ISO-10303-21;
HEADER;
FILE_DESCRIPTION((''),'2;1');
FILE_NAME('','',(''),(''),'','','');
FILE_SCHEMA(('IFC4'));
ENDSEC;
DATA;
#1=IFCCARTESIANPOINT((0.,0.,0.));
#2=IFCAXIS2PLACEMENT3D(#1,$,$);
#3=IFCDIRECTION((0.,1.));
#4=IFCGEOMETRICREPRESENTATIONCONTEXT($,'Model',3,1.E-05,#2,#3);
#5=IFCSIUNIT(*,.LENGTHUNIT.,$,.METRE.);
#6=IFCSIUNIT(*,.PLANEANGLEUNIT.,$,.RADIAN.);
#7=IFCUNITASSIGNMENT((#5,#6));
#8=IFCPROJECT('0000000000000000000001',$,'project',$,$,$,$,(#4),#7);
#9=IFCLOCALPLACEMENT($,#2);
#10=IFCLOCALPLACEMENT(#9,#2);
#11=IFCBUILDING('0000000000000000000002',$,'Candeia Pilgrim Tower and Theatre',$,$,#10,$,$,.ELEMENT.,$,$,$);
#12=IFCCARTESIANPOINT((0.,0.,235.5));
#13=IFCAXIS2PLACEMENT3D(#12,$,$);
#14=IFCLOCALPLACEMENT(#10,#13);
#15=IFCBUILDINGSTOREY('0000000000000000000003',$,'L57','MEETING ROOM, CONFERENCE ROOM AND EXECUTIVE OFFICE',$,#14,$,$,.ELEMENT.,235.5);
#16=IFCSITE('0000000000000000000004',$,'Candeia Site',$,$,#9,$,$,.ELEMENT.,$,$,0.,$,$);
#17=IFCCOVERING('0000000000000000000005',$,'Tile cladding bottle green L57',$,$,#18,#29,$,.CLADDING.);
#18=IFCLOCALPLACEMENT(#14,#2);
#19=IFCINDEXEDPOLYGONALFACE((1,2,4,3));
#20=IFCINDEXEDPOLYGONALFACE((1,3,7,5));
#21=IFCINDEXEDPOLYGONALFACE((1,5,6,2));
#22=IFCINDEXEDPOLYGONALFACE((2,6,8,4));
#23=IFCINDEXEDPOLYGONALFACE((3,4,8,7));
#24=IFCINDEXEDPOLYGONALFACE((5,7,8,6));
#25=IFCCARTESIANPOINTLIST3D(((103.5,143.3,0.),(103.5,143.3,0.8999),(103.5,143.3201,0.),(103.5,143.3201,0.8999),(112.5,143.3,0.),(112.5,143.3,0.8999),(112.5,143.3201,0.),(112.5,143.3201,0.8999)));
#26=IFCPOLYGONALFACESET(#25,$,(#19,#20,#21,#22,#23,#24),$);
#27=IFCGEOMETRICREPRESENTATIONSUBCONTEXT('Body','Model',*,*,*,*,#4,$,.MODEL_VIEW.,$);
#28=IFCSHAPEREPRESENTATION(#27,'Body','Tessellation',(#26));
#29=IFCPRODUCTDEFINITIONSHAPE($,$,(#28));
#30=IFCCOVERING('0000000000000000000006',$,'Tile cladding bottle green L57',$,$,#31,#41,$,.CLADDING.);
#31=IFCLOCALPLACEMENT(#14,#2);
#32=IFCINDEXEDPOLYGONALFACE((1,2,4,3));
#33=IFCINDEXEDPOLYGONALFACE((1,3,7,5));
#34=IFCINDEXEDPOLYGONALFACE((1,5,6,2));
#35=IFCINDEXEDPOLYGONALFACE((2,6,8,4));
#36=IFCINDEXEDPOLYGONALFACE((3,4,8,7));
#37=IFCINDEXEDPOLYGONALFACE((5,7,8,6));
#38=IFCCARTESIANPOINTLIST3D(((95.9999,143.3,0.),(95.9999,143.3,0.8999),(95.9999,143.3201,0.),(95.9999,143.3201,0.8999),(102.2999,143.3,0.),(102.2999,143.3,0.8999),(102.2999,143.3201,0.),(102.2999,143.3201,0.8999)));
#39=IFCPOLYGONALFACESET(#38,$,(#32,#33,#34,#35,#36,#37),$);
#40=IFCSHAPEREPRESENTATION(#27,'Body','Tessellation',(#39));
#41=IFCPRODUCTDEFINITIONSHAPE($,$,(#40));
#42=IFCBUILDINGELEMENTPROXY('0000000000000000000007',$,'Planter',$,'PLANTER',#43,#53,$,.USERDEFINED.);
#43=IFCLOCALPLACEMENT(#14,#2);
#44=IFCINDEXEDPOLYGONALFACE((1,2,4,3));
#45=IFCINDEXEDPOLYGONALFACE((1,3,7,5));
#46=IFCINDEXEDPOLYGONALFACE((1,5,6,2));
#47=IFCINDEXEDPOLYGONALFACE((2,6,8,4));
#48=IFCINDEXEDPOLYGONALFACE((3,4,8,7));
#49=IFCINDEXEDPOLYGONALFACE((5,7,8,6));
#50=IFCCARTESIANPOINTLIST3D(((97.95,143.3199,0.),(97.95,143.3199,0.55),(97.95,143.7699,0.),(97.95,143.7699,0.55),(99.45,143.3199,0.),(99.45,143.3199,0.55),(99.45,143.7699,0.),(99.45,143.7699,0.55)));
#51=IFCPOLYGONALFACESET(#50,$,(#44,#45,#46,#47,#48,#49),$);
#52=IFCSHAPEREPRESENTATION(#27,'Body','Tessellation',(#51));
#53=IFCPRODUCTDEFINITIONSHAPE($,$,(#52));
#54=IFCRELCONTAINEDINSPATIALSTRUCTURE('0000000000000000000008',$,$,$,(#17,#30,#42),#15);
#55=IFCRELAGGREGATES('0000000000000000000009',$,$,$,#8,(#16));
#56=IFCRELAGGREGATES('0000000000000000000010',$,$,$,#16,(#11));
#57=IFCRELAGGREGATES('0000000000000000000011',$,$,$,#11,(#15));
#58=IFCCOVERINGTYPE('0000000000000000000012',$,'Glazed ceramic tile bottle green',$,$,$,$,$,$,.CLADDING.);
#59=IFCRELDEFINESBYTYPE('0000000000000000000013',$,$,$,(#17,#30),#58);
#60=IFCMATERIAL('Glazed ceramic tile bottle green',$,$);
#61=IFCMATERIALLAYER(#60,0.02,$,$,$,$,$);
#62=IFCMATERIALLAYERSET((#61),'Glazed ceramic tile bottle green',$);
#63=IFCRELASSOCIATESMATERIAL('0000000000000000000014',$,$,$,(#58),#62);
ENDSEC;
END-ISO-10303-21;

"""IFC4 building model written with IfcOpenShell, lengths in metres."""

from ifc_helpers import new_model, si_unit, direction, frame, origin, origin_2d, place, context, subcontext, project, spatial, rectangle, extrude, material, layer, layer_set, type_object, element, save


model = new_model("IFC4")

# Units and contexts
model_context = context("Model", 3, precision=1e-05, world=origin(), true_north=direction((0.0, 1.0)))
body_context = subcontext(model_context, "Body", "Model", "MODEL_VIEW")
ifc_project = project(units=[si_unit("LENGTHUNIT", "METRE"), si_unit("PLANEANGLEUNIT", "RADIAN")], contexts=[model_context])

# Site, building, storey
site_placement = place(None, origin())
site = spatial("IfcSite", under=ifc_project, at=site_placement, Name="Candeia Site", CompositionType="ELEMENT", RefElevation=0.0)
building_placement = place(site_placement, origin())
building = spatial("IfcBuilding", under=site, at=building_placement, Name="Candeia Pilgrim Tower and Theatre", CompositionType="ELEMENT")
storey_placement = place(building_placement, frame((0.0, 0.0, 235.5)))
storey = spatial("IfcBuildingStorey", under=building, at=storey_placement, Name="L57", Description="MEETING ROOM, CONFERENCE ROOM AND EXECUTIVE OFFICE", CompositionType="ELEMENT", Elevation=235.5)

# Coverings
ifc_material_1 = material(Name="Glazed ceramic tile bottle green")
ifc_layer_1 = layer(ifc_material_1, 0.02)
ifc_layer_set_1 = layer_set([ifc_layer_1], Name="Glazed ceramic tile bottle green")
covering_type = type_object("IfcCoveringType", Name="Glazed ceramic tile bottle green", PredefinedType="CLADDING", material=ifc_layer_set_1)
covering_1_placement = place(storey_placement, frame((108.0, 143.3101, 0.0), z_axis=(0.0, 0.0, 1.0), x_axis=(-1.0, 0.0, 0.0)))
element("IfcCovering", 1, at=covering_1_placement, inside=storey, type_object=covering_type, Name="Tile cladding bottle green L57", PredefinedType="CLADDING", context=body_context, shape_type="SweptSolid", body=[
    extrude(rectangle(XDim=9.0, YDim=0.02, at=origin_2d()), origin(), (0.0, 0.0, 1.0), 0.8999),
])
covering_2_placement = place(storey_placement, frame((99.1499, 143.3101, 0.0), z_axis=(0.0, 0.0, 1.0), x_axis=(-1.0, 0.0, 0.0)))
element("IfcCovering", 2, at=covering_2_placement, inside=storey, type_object=covering_type, Name="Tile cladding bottle green L57", PredefinedType="CLADDING", context=body_context, shape_type="SweptSolid", body=[
    extrude(rectangle(XDim=6.3, YDim=0.02, at=origin_2d()), origin(), (0.0, 0.0, 1.0), 0.8999),
])

# Building element proxy
proxy_placement = place(storey_placement, frame((98.7, 143.5449, 0.0), z_axis=(0.0, 0.0, 1.0), x_axis=(-1.0, 0.0, 0.0)))
element("IfcBuildingElementProxy", 3, at=proxy_placement, inside=storey, Name="Planter", ObjectType="PLANTER", PredefinedType="USERDEFINED", context=body_context, shape_type="SweptSolid", body=[
    extrude(rectangle(XDim=1.5, YDim=0.45, at=origin_2d()), origin(), (0.0, 0.0, 1.0), 0.55),
])

save(model, "model.ifc")
